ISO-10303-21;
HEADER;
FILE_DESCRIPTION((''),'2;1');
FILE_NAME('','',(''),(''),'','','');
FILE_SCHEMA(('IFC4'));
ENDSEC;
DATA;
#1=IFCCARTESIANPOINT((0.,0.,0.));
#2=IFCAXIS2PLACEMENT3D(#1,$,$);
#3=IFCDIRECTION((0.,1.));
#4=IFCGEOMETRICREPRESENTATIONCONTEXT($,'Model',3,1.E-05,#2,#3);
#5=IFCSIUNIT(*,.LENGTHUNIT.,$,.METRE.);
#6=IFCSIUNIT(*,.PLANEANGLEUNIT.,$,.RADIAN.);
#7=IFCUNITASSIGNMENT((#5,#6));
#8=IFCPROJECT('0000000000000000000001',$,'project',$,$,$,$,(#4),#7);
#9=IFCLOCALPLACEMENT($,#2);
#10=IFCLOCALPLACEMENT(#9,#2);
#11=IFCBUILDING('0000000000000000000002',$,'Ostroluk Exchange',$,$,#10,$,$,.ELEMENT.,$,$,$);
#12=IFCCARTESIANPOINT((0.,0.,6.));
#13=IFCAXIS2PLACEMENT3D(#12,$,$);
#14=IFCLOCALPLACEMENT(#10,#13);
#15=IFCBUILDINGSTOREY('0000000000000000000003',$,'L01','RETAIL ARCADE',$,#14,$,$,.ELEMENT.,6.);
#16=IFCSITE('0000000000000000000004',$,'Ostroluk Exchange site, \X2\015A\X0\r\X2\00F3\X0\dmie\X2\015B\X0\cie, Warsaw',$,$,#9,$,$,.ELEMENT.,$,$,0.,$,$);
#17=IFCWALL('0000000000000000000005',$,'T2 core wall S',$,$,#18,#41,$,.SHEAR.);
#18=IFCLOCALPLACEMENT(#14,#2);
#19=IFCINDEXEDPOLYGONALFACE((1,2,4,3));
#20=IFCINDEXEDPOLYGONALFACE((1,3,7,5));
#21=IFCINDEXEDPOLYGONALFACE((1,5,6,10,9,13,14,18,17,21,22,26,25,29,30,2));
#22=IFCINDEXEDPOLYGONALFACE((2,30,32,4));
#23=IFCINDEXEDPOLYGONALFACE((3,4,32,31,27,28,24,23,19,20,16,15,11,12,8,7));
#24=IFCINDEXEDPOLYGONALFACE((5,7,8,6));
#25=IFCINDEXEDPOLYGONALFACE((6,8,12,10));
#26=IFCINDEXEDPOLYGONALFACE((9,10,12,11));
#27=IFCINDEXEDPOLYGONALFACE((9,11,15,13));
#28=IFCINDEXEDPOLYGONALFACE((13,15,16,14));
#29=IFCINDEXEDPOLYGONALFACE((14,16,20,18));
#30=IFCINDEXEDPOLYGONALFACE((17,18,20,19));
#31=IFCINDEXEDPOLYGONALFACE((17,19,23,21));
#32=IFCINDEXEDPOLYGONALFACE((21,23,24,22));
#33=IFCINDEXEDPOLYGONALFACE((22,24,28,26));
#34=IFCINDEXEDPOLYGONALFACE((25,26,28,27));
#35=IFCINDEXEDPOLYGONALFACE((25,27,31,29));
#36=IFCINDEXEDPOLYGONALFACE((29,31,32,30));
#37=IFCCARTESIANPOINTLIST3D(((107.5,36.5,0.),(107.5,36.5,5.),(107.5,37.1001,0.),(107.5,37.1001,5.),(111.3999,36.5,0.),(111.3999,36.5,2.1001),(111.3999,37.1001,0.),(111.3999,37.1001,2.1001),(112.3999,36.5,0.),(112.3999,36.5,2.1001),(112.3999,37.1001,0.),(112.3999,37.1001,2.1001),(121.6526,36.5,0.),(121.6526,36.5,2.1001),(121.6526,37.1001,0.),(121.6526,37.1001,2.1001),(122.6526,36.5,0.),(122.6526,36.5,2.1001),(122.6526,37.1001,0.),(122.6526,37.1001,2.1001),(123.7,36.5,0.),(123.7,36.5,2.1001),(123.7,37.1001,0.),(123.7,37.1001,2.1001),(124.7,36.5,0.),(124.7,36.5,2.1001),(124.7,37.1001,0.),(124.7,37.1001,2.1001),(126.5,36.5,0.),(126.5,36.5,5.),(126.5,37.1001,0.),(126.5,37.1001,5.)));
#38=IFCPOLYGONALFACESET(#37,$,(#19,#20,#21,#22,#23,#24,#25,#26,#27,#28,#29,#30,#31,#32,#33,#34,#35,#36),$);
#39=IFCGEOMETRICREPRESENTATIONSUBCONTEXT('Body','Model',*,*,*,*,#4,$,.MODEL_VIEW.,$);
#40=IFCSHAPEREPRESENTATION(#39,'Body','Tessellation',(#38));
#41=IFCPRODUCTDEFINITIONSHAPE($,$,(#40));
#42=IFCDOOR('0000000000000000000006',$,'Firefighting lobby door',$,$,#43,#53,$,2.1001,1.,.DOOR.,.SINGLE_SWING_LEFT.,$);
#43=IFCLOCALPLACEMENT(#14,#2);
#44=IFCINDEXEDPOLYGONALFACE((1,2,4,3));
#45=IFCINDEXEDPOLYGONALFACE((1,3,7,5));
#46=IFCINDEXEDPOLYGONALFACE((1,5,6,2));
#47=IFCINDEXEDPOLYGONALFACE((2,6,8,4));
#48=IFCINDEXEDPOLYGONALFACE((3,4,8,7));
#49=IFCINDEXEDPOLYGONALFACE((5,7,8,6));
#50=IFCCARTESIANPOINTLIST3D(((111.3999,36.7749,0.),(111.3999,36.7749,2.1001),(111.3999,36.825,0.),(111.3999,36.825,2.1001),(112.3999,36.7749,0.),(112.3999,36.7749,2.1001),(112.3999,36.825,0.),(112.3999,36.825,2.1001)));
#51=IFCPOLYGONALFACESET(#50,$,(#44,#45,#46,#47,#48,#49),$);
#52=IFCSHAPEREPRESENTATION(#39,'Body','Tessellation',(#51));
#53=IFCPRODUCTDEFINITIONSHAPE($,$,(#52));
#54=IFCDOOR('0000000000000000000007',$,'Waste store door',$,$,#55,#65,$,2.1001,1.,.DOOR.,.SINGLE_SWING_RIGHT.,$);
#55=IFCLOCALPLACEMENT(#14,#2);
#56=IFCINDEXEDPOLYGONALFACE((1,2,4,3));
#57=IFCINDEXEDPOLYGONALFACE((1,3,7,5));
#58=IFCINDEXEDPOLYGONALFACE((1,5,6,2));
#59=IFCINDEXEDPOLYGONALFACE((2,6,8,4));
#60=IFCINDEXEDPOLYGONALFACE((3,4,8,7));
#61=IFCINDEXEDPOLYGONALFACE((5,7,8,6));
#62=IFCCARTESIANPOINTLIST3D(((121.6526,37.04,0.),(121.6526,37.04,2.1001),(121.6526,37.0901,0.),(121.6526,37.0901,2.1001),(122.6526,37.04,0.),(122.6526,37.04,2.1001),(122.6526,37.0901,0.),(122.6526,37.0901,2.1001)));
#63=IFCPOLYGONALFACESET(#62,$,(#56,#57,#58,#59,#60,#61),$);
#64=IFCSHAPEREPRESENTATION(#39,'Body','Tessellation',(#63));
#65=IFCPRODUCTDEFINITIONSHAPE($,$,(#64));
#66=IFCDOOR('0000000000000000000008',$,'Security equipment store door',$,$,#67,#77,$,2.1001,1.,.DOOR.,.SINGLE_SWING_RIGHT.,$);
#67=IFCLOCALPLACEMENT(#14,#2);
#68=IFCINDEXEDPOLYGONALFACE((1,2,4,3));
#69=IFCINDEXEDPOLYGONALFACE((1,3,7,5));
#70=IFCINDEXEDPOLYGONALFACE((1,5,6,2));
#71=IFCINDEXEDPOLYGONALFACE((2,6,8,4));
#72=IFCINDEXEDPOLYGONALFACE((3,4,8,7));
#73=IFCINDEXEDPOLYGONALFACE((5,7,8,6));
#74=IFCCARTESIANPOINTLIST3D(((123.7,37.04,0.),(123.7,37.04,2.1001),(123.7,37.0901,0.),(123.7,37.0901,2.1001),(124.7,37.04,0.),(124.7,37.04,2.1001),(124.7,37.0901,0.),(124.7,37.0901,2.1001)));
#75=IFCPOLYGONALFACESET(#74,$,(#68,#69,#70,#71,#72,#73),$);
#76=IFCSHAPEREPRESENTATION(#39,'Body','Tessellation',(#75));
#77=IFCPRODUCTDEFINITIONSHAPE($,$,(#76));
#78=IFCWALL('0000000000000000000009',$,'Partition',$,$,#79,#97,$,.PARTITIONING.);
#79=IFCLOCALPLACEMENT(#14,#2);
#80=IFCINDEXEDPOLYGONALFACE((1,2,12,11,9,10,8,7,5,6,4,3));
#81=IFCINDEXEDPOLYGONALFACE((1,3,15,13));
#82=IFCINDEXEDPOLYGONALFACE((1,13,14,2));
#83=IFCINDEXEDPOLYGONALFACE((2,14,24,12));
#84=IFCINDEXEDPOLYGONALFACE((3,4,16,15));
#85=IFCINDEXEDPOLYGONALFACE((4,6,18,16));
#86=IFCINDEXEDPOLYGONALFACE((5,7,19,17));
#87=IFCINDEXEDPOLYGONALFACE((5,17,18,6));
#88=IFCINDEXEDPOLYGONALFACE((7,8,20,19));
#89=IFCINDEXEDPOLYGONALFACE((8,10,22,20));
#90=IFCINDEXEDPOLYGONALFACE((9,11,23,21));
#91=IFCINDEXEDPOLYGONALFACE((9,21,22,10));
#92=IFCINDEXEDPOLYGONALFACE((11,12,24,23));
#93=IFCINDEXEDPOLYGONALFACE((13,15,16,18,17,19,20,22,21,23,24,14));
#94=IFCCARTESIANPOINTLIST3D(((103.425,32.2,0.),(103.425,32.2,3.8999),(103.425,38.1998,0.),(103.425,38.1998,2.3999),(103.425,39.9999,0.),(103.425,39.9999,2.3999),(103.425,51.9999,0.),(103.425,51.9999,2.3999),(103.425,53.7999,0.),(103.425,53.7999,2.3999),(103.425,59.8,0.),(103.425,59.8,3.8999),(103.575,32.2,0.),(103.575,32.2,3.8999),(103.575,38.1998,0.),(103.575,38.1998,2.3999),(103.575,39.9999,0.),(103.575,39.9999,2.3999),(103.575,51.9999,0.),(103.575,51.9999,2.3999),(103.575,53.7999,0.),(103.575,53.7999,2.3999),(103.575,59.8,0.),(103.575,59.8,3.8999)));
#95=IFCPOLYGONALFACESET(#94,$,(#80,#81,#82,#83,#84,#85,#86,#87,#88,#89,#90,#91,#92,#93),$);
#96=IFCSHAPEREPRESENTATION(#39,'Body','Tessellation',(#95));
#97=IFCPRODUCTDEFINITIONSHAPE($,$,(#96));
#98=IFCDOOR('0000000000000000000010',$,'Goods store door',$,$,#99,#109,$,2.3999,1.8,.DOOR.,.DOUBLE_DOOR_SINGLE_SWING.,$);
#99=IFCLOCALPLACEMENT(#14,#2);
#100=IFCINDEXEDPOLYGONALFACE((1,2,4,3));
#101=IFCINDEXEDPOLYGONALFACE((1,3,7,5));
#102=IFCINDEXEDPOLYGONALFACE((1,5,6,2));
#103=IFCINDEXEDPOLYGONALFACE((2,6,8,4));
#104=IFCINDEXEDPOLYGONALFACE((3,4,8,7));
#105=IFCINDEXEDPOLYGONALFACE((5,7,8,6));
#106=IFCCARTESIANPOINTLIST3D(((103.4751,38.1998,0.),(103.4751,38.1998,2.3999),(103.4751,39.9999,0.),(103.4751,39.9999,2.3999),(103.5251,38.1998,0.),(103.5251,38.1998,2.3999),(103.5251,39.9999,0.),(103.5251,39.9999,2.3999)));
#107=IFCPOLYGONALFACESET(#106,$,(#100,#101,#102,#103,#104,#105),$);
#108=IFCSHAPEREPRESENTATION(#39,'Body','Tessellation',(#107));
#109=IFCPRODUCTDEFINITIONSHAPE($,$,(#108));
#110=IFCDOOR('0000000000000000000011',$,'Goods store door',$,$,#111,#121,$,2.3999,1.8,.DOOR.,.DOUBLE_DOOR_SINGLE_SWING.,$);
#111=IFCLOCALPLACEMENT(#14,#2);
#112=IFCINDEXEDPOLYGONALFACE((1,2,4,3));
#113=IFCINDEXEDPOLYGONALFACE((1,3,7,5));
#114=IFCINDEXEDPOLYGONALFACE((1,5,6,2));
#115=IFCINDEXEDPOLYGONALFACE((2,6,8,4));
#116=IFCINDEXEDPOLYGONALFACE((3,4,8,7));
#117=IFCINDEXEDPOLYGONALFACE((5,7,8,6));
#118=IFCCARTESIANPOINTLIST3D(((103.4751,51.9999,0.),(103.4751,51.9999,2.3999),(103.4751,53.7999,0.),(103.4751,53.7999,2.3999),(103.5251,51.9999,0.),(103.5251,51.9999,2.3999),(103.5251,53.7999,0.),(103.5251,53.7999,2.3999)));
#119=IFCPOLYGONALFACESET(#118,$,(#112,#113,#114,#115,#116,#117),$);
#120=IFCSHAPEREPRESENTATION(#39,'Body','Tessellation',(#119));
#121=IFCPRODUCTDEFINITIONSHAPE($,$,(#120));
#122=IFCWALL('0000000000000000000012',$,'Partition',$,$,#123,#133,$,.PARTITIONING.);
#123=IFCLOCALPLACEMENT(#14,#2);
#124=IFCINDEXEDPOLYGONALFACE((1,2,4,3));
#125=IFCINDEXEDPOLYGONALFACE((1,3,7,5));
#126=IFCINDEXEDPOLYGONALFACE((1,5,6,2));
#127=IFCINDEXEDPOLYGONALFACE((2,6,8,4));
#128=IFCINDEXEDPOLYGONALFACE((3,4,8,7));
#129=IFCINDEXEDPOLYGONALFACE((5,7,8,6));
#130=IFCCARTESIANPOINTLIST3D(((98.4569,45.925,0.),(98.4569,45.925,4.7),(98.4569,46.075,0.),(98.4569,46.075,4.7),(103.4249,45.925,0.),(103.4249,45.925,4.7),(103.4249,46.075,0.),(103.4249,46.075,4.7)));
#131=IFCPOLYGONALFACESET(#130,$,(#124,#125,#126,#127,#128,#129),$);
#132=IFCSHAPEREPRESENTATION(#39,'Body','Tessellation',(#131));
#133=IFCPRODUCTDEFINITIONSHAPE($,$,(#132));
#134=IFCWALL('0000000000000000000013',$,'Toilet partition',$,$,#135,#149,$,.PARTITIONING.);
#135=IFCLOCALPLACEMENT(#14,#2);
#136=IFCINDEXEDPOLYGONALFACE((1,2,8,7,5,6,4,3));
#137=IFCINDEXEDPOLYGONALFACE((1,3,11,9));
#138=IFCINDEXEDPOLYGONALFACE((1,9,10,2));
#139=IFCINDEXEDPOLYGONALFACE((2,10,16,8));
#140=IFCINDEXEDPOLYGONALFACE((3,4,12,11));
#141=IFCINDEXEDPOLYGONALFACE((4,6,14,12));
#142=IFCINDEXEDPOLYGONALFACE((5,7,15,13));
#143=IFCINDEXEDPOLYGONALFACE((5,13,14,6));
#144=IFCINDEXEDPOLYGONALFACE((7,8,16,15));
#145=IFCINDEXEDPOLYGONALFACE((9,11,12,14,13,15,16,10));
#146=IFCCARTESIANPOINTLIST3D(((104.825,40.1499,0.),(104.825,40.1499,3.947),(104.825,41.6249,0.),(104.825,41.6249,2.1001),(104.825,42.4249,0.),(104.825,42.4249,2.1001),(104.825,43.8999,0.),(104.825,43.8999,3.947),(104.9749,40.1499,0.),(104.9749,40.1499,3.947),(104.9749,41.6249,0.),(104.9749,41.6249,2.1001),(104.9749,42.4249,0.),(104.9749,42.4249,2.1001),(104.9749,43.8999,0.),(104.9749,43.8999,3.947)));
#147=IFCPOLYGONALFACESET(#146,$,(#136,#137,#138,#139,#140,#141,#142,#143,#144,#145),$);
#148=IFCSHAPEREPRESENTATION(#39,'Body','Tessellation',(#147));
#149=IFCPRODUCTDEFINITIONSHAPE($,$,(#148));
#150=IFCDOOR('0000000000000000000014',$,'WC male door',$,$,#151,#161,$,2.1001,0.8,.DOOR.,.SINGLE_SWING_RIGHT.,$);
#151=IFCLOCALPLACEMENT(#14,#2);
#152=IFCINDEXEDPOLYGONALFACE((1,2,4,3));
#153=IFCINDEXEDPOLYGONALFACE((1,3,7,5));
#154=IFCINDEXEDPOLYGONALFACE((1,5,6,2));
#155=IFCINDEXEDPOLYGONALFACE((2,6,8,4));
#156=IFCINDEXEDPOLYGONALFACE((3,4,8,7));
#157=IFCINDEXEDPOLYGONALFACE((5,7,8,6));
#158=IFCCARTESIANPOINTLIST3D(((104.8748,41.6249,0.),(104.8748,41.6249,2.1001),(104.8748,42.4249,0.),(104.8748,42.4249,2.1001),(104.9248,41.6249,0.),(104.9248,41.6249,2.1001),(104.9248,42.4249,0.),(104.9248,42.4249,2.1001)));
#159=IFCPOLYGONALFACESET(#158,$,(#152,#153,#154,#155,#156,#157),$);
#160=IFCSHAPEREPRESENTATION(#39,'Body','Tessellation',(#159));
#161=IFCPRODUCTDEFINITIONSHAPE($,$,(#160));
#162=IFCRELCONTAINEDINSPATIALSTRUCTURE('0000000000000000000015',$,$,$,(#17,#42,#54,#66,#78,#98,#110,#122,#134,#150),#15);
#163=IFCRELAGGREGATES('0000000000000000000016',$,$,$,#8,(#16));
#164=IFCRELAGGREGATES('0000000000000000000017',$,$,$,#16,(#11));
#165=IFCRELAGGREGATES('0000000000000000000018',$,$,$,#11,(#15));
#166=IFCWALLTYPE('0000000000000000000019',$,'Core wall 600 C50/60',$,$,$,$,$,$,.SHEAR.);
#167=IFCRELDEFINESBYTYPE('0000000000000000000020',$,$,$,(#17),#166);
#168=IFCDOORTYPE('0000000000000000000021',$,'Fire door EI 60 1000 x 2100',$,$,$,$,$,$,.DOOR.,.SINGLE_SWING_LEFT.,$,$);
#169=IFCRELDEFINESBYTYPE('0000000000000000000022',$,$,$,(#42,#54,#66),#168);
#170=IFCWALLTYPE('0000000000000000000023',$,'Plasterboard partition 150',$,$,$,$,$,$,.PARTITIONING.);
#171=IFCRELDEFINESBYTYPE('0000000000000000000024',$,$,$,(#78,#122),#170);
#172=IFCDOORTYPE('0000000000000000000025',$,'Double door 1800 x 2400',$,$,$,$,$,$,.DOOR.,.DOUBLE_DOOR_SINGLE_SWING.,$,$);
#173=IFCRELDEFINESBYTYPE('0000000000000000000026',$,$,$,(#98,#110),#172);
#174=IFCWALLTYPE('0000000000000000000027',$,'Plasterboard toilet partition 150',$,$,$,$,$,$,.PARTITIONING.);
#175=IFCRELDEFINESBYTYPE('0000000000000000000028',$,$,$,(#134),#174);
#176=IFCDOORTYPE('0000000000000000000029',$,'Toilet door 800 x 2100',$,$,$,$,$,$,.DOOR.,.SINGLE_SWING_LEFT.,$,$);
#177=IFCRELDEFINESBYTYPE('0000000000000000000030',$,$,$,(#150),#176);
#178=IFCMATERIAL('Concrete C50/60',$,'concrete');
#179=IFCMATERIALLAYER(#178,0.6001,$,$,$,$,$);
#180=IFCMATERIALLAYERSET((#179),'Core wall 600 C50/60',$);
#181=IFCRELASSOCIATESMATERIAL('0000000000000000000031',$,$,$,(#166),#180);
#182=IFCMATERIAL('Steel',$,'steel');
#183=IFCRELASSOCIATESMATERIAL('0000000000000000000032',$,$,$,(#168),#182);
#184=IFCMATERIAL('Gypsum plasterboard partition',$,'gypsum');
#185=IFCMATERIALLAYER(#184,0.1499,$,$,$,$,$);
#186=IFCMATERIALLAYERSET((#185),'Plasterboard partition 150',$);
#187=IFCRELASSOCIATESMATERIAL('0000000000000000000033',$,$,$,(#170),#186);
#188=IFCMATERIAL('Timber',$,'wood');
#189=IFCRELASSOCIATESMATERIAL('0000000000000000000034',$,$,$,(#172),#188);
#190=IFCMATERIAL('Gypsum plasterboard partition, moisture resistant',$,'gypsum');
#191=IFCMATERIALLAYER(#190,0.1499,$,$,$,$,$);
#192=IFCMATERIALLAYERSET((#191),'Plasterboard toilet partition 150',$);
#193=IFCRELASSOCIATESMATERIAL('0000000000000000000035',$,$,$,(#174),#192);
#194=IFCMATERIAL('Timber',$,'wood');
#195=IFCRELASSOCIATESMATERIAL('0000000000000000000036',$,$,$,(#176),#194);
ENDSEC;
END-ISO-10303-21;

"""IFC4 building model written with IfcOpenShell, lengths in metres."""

from ifc_helpers import new_model, si_unit, direction, frame, frame_2d, origin, place, context, subcontext, project, spatial, rectangle, extrude, material, layer, layer_set, type_object, element, fill, save


model = new_model("IFC4")

# Units and contexts
model_context = context("Model", 3, precision=1e-05, world=origin(), true_north=direction((0.0, 1.0)))
body_context = subcontext(model_context, "Body", "Model", "MODEL_VIEW")
ifc_project = project(units=[si_unit("LENGTHUNIT", "METRE"), si_unit("PLANEANGLEUNIT", "RADIAN")], contexts=[model_context])

# Site, building, storey
site_placement = place(None, origin())
site = spatial("IfcSite", under=ifc_project, at=site_placement, Name="Ostroluk Exchange site, Śródmieście, Warsaw", CompositionType="ELEMENT", RefElevation=0.0)
building_placement = place(site_placement, origin())
building = spatial("IfcBuilding", under=site, at=building_placement, Name="Ostroluk Exchange", CompositionType="ELEMENT")
storey_placement = place(building_placement, frame((0.0, 0.0, 6.0)))
storey = spatial("IfcBuildingStorey", under=building, at=storey_placement, Name="L01", Description="RETAIL ARCADE", CompositionType="ELEMENT", Elevation=6.0)

# Wall, openings, doors
ifc_material_1 = material(Name="Concrete C50/60", Category="concrete")
ifc_layer_1 = layer(ifc_material_1, 0.6001)
ifc_layer_set_1 = layer_set([ifc_layer_1], Name="Core wall 600 C50/60")
wall_type_1 = type_object("IfcWallType", Name="Core wall 600 C50/60", PredefinedType="SHEAR", material=ifc_layer_set_1)
wall_1_placement = place(storey_placement, frame((107.5, 36.8, 0.0), z_axis=(0.0, 0.0, 1.0), x_axis=(1.0, 0.0, 0.0)))
wall_1 = element("IfcWall", 1, at=wall_1_placement, inside=storey, type_object=wall_type_1, Name="T2 core wall S", PredefinedType="SHEAR", context=body_context, shape_type="SweptSolid", body=[
    extrude(rectangle(XDim=19.0, YDim=0.6001, at=frame_2d((9.5, 0.0))), origin(), (0.0, 0.0, 1.0), 5.0),
])
opening_1_placement = place(wall_1_placement, frame((3.8999, 0.0, 0.0)))
opening_1 = element("IfcOpeningElement", 2, at=opening_1_placement, cuts=wall_1, PredefinedType="OPENING", context=body_context, shape_type="SweptSolid", body=[
    extrude(rectangle(XDim=1.0, YDim=2.1001, at=frame_2d((0.5, 1.05))), frame((0.0, 0.3101, 0.0), z_axis=(0.0, -1.0, 0.0), x_axis=(1.0, 0.0, 0.0)), (0.0, 0.0, 1.0), 0.6201),
])
opening_2_placement = place(wall_1_placement, frame((14.1526, 0.0, 0.0)))
opening_2 = element("IfcOpeningElement", 3, at=opening_2_placement, cuts=wall_1, PredefinedType="OPENING", context=body_context, shape_type="SweptSolid", body=[
    extrude(rectangle(XDim=1.0, YDim=2.1001, at=frame_2d((0.5, 1.05))), frame((0.0, 0.3101, 0.0), z_axis=(0.0, -1.0, 0.0), x_axis=(1.0, 0.0, 0.0)), (0.0, 0.0, 1.0), 0.6201),
])
opening_3_placement = place(wall_1_placement, frame((16.2, 0.0, 0.0)))
opening_3 = element("IfcOpeningElement", 4, at=opening_3_placement, cuts=wall_1, PredefinedType="OPENING", context=body_context, shape_type="SweptSolid", body=[
    extrude(rectangle(XDim=1.0, YDim=2.1001, at=frame_2d((0.5, 1.05))), frame((0.0, 0.3101, 0.0), z_axis=(0.0, -1.0, 0.0), x_axis=(1.0, 0.0, 0.0)), (0.0, 0.0, 1.0), 0.6201),
])
ifc_material_2 = material(Name="Steel", Category="steel")
door_type_1 = type_object("IfcDoorType", Name="Fire door EI 60 1000 x 2100", OperationType="SINGLE_SWING_LEFT", PredefinedType="DOOR", material=ifc_material_2)
door_1_placement = place(opening_1_placement, origin())
door_1 = element("IfcDoor", 5, at=door_1_placement, inside=storey, type_object=door_type_1, Name="Firefighting lobby door", OperationType="SINGLE_SWING_LEFT", OverallHeight=2.1001, OverallWidth=1.0, PredefinedType="DOOR", context=body_context, shape_type="SweptSolid", body=[
    extrude(rectangle(XDim=1.0, YDim=2.1001, at=frame_2d((0.5, 1.05))), frame((0.0, 0.0249, 0.0), z_axis=(0.0, -1.0, 0.0), x_axis=(1.0, 0.0, 0.0)), (0.0, 0.0, 1.0), 0.05),
])
fill(opening_1, door_1)
door_2_placement = place(opening_2_placement, origin())
door_2 = element("IfcDoor", 6, at=door_2_placement, inside=storey, type_object=door_type_1, Name="Waste store door", OperationType="SINGLE_SWING_RIGHT", OverallHeight=2.1001, OverallWidth=1.0, PredefinedType="DOOR", context=body_context, shape_type="SweptSolid", body=[
    extrude(rectangle(XDim=1.0, YDim=2.1001, at=frame_2d((0.5, 1.05))), frame((0.0, 0.29, 0.0), z_axis=(0.0, -1.0, 0.0), x_axis=(1.0, 0.0, 0.0)), (0.0, 0.0, 1.0), 0.05),
])
fill(opening_2, door_2)
door_3_placement = place(opening_3_placement, origin())
door_3 = element("IfcDoor", 7, at=door_3_placement, inside=storey, type_object=door_type_1, Name="Security equipment store door", OperationType="SINGLE_SWING_RIGHT", OverallHeight=2.1001, OverallWidth=1.0, PredefinedType="DOOR", context=body_context, shape_type="SweptSolid", body=[
    extrude(rectangle(XDim=1.0, YDim=2.1001, at=frame_2d((0.5, 1.05))), frame((0.0, 0.29, 0.0), z_axis=(0.0, -1.0, 0.0), x_axis=(1.0, 0.0, 0.0)), (0.0, 0.0, 1.0), 0.05),
])
fill(opening_3, door_3)

# Wall, openings, doors
ifc_material_3 = material(Name="Gypsum plasterboard partition", Category="gypsum")
ifc_layer_2 = layer(ifc_material_3, 0.1499)
ifc_layer_set_2 = layer_set([ifc_layer_2], Name="Plasterboard partition 150")
wall_type_2 = type_object("IfcWallType", Name="Plasterboard partition 150", PredefinedType="PARTITIONING", material=ifc_layer_set_2)
wall_2_placement = place(storey_placement, frame((103.5, 32.2, 0.0), z_axis=(0.0, 0.0, 1.0), x_axis=(0.0, 1.0, 0.0)))
wall_2 = element("IfcWall", 8, at=wall_2_placement, inside=storey, type_object=wall_type_2, Name="Partition", PredefinedType="PARTITIONING", context=body_context, shape_type="SweptSolid", body=[
    extrude(rectangle(XDim=27.6001, YDim=0.1499, at=frame_2d((13.8, 0.0))), origin(), (0.0, 0.0, 1.0), 3.8999),
])
opening_4_placement = place(wall_2_placement, frame((6.0, 0.0, 0.0)))
opening_4 = element("IfcOpeningElement", 9, at=opening_4_placement, cuts=wall_2, PredefinedType="OPENING", context=body_context, shape_type="SweptSolid", body=[
    extrude(rectangle(XDim=1.8, YDim=2.3999, at=frame_2d((0.8999, 1.2))), frame((0.0, 0.085, 0.0), z_axis=(0.0, -1.0, 0.0), x_axis=(1.0, 0.0, 0.0)), (0.0, 0.0, 1.0), 0.1699),
])
opening_5_placement = place(wall_2_placement, frame((19.8, 0.0, 0.0)))
opening_5 = element("IfcOpeningElement", 10, at=opening_5_placement, cuts=wall_2, PredefinedType="OPENING", context=body_context, shape_type="SweptSolid", body=[
    extrude(rectangle(XDim=1.8, YDim=2.3999, at=frame_2d((0.8999, 1.2))), frame((0.0, 0.085, 0.0), z_axis=(0.0, -1.0, 0.0), x_axis=(1.0, 0.0, 0.0)), (0.0, 0.0, 1.0), 0.1699),
])
ifc_material_4 = material(Name="Timber", Category="wood")
door_type_2 = type_object("IfcDoorType", Name="Double door 1800 x 2400", OperationType="DOUBLE_DOOR_SINGLE_SWING", PredefinedType="DOOR", material=ifc_material_4)
door_4_placement = place(opening_4_placement, origin())
door_4 = element("IfcDoor", 11, at=door_4_placement, inside=storey, type_object=door_type_2, Name="Goods store door", OperationType="DOUBLE_DOOR_SINGLE_SWING", OverallHeight=2.3999, OverallWidth=1.8, PredefinedType="DOOR", context=body_context, shape_type="SweptSolid", body=[
    extrude(rectangle(XDim=1.8, YDim=2.3999, at=frame_2d((0.8999, 1.2))), frame((0.0, 0.0249, 0.0), z_axis=(0.0, -1.0, 0.0), x_axis=(1.0, 0.0, 0.0)), (0.0, 0.0, 1.0), 0.05),
])
fill(opening_4, door_4)
door_5_placement = place(opening_5_placement, origin())
door_5 = element("IfcDoor", 12, at=door_5_placement, inside=storey, type_object=door_type_2, Name="Goods store door", OperationType="DOUBLE_DOOR_SINGLE_SWING", OverallHeight=2.3999, OverallWidth=1.8, PredefinedType="DOOR", context=body_context, shape_type="SweptSolid", body=[
    extrude(rectangle(XDim=1.8, YDim=2.3999, at=frame_2d((0.8999, 1.2))), frame((0.0, 0.0249, 0.0), z_axis=(0.0, -1.0, 0.0), x_axis=(1.0, 0.0, 0.0)), (0.0, 0.0, 1.0), 0.05),
])
fill(opening_5, door_5)

# Wall
wall_3_placement = place(storey_placement, frame((98.457, 46.0, 0.0), z_axis=(0.0, 0.0, 1.0), x_axis=(1.0, 0.0, 0.0)))
element("IfcWall", 13, at=wall_3_placement, inside=storey, type_object=wall_type_2, Name="Partition", PredefinedType="PARTITIONING", context=body_context, shape_type="SweptSolid", body=[
    extrude(rectangle(XDim=4.968, YDim=0.1499, at=frame_2d((2.4839, 0.0))), origin(), (0.0, 0.0, 1.0), 4.7),
])

# Wall, opening, door
ifc_material_5 = material(Name="Gypsum plasterboard partition, moisture resistant", Category="gypsum")
ifc_layer_3 = layer(ifc_material_5, 0.1499)
ifc_layer_set_3 = layer_set([ifc_layer_3], Name="Plasterboard toilet partition 150")
wall_type_3 = type_object("IfcWallType", Name="Plasterboard toilet partition 150", PredefinedType="PARTITIONING", material=ifc_layer_set_3)
wall_4_placement = place(storey_placement, frame((104.8999, 43.8999, 0.0), z_axis=(0.0, 0.0, 1.0), x_axis=(0.0, -1.0, 0.0)))
wall_4 = element("IfcWall", 14, at=wall_4_placement, inside=storey, type_object=wall_type_3, Name="Toilet partition", PredefinedType="PARTITIONING", context=body_context, shape_type="SweptSolid", body=[
    extrude(rectangle(XDim=3.75, YDim=0.1499, at=frame_2d((1.875, 0.0))), origin(), (0.0, 0.0, 1.0), 3.947),
])
opening_6_placement = place(wall_4_placement, frame((1.4751, 0.0, 0.0)))
opening_6 = element("IfcOpeningElement", 15, at=opening_6_placement, cuts=wall_4, PredefinedType="OPENING", context=body_context, shape_type="SweptSolid", body=[
    extrude(rectangle(XDim=0.8, YDim=2.1001, at=frame_2d((0.3999, 1.05))), frame((0.0, 0.085, 0.0), z_axis=(0.0, -1.0, 0.0), x_axis=(1.0, 0.0, 0.0)), (0.0, 0.0, 1.0), 0.1699),
])
ifc_material_6 = material(Name="Timber", Category="wood")
door_type_3 = type_object("IfcDoorType", Name="Toilet door 800 x 2100", OperationType="SINGLE_SWING_LEFT", PredefinedType="DOOR", material=ifc_material_6)
door_6_placement = place(opening_6_placement, origin())
door_6 = element("IfcDoor", 16, at=door_6_placement, inside=storey, type_object=door_type_3, Name="WC male door", OperationType="SINGLE_SWING_RIGHT", OverallHeight=2.1001, OverallWidth=0.8, PredefinedType="DOOR", context=body_context, shape_type="SweptSolid", body=[
    extrude(rectangle(XDim=0.8, YDim=2.1001, at=frame_2d((0.3999, 1.05))), frame((0.0, 0.0249, 0.0), z_axis=(0.0, -1.0, 0.0), x_axis=(1.0, 0.0, 0.0)), (0.0, 0.0, 1.0), 0.05),
])
fill(opening_6, door_6)

save(model, "model.ifc")
